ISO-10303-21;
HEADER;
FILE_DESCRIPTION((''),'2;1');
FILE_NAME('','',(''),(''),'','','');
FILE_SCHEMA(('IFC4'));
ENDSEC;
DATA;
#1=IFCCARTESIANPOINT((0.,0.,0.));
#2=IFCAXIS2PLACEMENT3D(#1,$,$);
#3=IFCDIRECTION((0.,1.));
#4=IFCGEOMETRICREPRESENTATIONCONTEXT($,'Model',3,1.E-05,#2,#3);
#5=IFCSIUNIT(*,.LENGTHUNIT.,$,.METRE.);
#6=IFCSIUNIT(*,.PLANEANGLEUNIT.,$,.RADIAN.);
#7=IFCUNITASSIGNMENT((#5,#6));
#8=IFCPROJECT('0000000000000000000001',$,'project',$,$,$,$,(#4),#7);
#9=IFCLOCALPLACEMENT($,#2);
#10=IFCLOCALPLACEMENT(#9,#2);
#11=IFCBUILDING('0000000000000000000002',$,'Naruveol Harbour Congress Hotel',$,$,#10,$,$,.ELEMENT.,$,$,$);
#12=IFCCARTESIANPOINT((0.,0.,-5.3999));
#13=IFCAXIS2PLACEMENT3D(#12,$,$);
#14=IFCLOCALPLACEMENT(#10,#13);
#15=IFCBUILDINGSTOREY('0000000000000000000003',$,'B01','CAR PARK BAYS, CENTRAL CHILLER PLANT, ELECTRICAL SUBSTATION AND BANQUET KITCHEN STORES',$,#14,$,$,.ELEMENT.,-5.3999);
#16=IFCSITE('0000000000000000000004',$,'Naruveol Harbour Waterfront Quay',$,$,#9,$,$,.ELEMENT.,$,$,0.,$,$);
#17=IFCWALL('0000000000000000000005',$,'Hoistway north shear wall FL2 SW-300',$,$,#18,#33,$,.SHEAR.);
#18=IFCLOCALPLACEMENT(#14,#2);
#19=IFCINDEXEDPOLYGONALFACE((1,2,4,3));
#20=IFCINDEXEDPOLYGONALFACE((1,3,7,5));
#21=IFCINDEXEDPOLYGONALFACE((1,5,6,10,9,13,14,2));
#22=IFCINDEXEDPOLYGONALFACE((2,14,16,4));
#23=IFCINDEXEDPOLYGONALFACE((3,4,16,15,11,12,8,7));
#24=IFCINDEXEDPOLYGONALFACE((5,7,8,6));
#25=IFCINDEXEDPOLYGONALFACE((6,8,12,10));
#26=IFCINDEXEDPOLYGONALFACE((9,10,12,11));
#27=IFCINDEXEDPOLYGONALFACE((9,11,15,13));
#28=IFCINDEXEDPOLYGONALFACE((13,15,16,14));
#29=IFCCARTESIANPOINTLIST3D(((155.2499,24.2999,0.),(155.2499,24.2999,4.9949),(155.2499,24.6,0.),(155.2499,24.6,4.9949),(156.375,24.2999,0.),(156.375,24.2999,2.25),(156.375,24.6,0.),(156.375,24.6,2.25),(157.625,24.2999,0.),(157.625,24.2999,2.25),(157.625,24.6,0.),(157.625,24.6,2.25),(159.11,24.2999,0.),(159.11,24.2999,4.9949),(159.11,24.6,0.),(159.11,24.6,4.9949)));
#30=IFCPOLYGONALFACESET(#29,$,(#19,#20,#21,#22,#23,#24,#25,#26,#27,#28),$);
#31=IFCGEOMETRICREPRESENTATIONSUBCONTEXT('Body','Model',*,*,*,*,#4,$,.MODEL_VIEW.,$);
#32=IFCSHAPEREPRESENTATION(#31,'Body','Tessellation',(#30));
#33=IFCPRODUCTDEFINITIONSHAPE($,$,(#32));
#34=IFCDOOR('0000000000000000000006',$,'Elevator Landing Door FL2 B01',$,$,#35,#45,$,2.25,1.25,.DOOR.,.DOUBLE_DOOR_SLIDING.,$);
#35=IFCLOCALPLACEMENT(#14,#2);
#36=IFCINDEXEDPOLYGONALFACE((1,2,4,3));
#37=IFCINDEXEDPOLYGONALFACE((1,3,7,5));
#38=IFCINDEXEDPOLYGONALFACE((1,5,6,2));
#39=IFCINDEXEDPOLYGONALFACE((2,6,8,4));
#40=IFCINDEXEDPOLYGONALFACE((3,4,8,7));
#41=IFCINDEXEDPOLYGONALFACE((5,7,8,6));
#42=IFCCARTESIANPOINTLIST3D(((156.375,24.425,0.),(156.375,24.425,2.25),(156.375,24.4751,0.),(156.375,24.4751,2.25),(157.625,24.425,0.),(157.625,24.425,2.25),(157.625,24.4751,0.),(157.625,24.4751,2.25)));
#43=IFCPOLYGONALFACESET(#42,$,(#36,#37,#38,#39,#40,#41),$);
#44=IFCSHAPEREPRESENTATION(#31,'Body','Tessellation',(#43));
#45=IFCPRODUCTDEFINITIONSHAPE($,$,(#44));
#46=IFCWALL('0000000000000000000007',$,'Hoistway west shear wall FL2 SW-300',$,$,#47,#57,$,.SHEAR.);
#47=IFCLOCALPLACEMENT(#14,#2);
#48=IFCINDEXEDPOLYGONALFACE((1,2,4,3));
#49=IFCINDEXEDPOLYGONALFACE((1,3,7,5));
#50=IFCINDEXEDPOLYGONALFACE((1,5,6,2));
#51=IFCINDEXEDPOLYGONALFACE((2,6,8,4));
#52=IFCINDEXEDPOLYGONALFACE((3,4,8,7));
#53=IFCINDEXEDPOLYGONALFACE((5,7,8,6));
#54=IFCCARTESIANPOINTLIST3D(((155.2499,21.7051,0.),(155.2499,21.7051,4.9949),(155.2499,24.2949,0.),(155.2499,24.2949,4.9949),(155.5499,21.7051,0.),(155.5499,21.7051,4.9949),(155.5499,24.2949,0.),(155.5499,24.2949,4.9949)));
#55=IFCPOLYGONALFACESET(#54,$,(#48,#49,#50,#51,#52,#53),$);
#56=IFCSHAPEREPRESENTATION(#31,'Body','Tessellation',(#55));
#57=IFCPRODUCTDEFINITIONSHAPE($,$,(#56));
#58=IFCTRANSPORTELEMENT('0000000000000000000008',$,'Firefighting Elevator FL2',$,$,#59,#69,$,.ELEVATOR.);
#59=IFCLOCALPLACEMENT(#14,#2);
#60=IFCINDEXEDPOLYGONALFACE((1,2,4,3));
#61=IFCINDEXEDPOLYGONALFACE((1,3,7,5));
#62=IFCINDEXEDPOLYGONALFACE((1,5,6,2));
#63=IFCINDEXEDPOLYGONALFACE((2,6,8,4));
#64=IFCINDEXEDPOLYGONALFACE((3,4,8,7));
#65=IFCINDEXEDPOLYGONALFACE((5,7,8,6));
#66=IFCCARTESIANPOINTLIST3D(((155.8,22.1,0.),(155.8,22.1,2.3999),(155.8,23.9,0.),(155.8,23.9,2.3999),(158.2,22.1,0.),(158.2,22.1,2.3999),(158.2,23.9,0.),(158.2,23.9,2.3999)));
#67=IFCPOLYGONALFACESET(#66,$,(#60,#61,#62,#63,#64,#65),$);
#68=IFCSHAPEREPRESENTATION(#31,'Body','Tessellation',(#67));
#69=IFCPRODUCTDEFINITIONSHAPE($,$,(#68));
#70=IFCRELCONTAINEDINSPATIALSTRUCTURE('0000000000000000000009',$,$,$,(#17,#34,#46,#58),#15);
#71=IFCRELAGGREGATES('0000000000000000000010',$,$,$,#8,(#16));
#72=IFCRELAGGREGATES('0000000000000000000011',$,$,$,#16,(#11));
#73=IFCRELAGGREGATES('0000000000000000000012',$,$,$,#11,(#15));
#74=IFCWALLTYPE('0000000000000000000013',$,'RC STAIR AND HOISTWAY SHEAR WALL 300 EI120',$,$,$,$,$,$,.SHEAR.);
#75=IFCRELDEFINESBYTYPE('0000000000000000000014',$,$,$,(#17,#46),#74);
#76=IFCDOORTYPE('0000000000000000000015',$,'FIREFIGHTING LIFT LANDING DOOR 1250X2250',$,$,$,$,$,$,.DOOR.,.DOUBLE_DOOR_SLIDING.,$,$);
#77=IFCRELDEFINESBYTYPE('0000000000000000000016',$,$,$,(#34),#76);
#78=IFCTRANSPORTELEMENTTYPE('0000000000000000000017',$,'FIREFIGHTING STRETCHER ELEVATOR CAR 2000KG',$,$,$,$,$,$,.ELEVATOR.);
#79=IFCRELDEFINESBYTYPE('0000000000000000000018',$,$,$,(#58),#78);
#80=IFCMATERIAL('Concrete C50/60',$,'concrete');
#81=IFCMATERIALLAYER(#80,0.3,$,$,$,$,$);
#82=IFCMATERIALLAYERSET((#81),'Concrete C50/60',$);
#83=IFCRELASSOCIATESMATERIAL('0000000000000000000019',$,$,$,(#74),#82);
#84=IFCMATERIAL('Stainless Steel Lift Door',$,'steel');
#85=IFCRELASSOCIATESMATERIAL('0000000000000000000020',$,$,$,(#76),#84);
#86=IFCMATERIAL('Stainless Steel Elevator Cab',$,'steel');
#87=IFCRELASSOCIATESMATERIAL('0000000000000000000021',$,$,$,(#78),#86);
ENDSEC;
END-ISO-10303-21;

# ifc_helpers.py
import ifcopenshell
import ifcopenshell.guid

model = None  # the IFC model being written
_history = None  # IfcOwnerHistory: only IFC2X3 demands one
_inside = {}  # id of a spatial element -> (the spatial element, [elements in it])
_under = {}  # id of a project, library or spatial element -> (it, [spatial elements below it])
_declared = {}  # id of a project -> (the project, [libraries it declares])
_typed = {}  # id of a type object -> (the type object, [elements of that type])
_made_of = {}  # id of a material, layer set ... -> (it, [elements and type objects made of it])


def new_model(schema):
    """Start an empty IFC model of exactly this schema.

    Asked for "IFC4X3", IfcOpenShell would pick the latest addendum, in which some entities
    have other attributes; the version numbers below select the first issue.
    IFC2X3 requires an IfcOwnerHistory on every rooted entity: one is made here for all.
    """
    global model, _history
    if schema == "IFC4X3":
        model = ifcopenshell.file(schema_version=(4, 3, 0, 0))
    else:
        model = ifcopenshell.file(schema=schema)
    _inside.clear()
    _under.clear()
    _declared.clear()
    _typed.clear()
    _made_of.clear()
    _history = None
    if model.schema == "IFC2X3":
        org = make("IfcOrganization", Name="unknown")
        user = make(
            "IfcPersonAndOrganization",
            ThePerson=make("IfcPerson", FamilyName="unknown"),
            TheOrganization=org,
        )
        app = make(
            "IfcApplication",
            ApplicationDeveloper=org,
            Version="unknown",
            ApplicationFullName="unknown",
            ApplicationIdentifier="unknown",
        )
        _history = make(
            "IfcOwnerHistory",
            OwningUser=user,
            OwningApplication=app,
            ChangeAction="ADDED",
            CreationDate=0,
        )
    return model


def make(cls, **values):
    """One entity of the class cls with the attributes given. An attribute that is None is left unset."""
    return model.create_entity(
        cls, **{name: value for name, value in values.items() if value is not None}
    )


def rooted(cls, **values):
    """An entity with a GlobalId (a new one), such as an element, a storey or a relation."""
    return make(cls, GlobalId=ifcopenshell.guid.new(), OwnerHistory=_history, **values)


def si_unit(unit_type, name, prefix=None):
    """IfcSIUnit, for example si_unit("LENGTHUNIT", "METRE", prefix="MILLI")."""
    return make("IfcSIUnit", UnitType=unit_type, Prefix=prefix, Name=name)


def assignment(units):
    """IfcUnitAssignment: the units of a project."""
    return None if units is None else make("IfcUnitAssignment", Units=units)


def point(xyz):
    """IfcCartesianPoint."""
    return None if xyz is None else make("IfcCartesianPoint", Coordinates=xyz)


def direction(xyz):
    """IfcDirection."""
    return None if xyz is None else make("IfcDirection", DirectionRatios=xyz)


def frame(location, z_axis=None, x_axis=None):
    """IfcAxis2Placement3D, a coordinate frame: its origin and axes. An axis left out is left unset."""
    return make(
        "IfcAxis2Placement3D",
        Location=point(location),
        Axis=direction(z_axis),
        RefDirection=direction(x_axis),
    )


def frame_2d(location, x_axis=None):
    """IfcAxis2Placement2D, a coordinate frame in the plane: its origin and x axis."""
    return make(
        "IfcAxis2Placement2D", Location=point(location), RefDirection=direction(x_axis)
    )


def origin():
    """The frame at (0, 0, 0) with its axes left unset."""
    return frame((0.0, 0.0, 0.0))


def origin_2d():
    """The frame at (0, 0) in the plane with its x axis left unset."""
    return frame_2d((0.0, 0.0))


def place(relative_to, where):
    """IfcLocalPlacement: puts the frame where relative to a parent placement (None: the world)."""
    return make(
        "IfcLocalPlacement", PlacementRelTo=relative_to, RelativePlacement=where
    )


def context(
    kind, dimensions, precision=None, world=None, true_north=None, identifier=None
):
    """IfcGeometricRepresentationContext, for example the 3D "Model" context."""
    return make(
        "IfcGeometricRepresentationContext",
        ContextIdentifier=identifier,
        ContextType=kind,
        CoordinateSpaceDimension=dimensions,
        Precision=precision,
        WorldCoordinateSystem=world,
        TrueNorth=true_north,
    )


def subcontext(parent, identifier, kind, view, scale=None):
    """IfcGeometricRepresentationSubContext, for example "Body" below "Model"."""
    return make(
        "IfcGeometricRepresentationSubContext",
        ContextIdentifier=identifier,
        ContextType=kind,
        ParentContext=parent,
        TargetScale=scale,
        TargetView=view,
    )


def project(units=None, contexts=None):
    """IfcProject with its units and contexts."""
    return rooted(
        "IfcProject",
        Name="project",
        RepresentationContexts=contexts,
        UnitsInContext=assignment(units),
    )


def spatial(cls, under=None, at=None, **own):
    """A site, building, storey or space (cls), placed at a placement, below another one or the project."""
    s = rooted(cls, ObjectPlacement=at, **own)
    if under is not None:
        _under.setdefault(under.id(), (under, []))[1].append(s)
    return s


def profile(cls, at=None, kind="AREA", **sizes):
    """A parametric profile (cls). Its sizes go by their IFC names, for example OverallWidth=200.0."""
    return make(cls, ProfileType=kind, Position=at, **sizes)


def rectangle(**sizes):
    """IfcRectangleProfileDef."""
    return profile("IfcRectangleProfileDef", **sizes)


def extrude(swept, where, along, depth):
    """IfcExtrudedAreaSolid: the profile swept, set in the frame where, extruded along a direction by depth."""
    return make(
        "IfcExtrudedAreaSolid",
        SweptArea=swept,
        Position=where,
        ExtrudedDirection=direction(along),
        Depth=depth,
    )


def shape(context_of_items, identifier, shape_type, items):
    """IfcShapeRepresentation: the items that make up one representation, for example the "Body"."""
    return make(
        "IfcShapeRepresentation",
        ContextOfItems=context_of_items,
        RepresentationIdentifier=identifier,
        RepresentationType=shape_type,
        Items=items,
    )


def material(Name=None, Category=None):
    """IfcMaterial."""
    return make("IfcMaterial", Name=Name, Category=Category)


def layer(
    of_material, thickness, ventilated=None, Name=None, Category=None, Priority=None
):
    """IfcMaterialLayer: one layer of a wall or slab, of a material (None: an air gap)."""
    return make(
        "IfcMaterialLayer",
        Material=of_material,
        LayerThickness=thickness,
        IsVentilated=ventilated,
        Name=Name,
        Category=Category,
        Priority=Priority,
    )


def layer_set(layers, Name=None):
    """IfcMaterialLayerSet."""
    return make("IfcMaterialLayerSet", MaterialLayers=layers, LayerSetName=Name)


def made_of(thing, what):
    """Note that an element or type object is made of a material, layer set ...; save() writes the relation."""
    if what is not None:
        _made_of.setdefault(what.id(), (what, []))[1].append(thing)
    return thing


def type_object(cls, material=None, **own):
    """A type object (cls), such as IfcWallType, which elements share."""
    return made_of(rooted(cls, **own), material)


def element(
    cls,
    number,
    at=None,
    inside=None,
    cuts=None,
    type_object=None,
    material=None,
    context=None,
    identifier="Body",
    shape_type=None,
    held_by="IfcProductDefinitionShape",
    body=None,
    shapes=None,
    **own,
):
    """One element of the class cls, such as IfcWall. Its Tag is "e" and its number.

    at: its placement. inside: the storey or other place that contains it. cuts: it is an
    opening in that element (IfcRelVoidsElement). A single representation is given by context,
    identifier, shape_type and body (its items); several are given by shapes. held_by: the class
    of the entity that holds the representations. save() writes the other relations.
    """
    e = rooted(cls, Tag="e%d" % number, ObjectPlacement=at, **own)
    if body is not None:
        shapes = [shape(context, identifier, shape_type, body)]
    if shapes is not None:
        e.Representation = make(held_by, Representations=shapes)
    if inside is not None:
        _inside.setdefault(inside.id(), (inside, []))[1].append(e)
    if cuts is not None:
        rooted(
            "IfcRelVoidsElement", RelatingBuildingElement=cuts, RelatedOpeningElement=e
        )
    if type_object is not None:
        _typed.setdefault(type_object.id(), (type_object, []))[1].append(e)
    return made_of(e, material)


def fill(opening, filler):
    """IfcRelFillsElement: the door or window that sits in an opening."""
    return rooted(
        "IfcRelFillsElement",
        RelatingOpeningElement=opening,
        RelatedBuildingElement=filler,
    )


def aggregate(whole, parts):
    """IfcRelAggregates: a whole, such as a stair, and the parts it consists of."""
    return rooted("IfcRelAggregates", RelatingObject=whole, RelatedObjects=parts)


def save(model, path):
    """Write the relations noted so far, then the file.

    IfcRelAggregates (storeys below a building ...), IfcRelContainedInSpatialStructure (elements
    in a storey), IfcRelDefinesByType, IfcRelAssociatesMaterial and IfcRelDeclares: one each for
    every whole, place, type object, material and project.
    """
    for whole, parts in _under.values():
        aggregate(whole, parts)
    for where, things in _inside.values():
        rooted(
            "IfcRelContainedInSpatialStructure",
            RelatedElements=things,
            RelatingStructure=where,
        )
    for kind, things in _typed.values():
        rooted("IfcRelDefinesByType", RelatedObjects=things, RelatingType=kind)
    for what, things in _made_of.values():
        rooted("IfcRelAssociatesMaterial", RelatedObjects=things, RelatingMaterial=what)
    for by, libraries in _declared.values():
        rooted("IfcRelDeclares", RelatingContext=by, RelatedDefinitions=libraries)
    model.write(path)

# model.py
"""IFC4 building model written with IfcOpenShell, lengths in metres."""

from ifc_helpers import new_model, si_unit, direction, frame, frame_2d, origin, origin_2d, place, context, subcontext, project, spatial, rectangle, extrude, material, layer, layer_set, type_object, element, fill, save


model = new_model("IFC4")

# Units and contexts
model_context = context("Model", 3, precision=1e-05, world=origin(), true_north=direction((0.0, 1.0)))
body_context = subcontext(model_context, "Body", "Model", "MODEL_VIEW")
ifc_project = project(units=[si_unit("LENGTHUNIT", "METRE"), si_unit("PLANEANGLEUNIT", "RADIAN")], contexts=[model_context])

# Site, building, storey
site_placement = place(None, origin())
site = spatial("IfcSite", under=ifc_project, at=site_placement, Name="Naruveol Harbour Waterfront Quay", CompositionType="ELEMENT", RefElevation=0.0)
building_placement = place(site_placement, origin())
building = spatial("IfcBuilding", under=site, at=building_placement, Name="Naruveol Harbour Congress Hotel", CompositionType="ELEMENT")
storey_placement = place(building_placement, frame((0.0, 0.0, -5.3999)))
storey = spatial("IfcBuildingStorey", under=building, at=storey_placement, Name="B01", Description="CAR PARK BAYS, CENTRAL CHILLER PLANT, ELECTRICAL SUBSTATION AND BANQUET KITCHEN STORES", CompositionType="ELEMENT", Elevation=-5.3999)

# Shared definitions
ifc_material_1 = material(Name="Concrete C50/60", Category="concrete")
ifc_layer_1 = layer(ifc_material_1, 0.3)
ifc_layer_set_1 = layer_set([ifc_layer_1], Name="Concrete C50/60")
wall_type_1 = type_object("IfcWallType", Name="RC STAIR AND HOISTWAY SHEAR WALL 300 EI120", PredefinedType="SHEAR", material=ifc_layer_set_1)

# Wall, opening, door
wall_1_placement = place(storey_placement, frame((159.1101, 24.45, 0.0), z_axis=(0.0, 0.0, 1.0), x_axis=(-1.0, 0.0, 0.0)))
wall_1 = element("IfcWall", 1, at=wall_1_placement, inside=storey, type_object=wall_type_1, Name="Hoistway north shear wall FL2 SW-300", PredefinedType="SHEAR", context=body_context, shape_type="SweptSolid", body=[
    extrude(rectangle(XDim=3.8601, YDim=0.3, at=frame_2d((1.9302, 0.0))), origin(), (0.0, 0.0, 1.0), 4.9949),
])
opening_placement = place(wall_1_placement, frame((1.4851, 0.0, 0.0)))
opening = element("IfcOpeningElement", 2, at=opening_placement, cuts=wall_1, PredefinedType="OPENING", context=body_context, shape_type="SweptSolid", body=[
    extrude(rectangle(XDim=1.25, YDim=2.25, at=frame_2d((0.625, 1.125))), frame((0.0, 0.1599, 0.0), z_axis=(0.0, -1.0, 0.0), x_axis=(1.0, 0.0, 0.0)), (0.0, 0.0, 1.0), 0.3201),
])
ifc_material_2 = material(Name="Stainless Steel Lift Door", Category="steel")
door_type = type_object("IfcDoorType", Name="FIREFIGHTING LIFT LANDING DOOR 1250X2250", OperationType="DOUBLE_DOOR_SLIDING", PredefinedType="DOOR", material=ifc_material_2)
door_placement = place(opening_placement, origin())
door = element("IfcDoor", 3, at=door_placement, inside=storey, type_object=door_type, Name="Elevator Landing Door FL2 B01", OperationType="DOUBLE_DOOR_SLIDING", OverallHeight=2.25, OverallWidth=1.25, PredefinedType="DOOR", context=body_context, shape_type="SweptSolid", body=[
    extrude(rectangle(XDim=1.25, YDim=2.25, at=frame_2d((0.625, 1.125))), frame((0.0, 0.0249, 0.0), z_axis=(0.0, -1.0, 0.0), x_axis=(1.0, 0.0, 0.0)), (0.0, 0.0, 1.0), 0.05),
])
fill(opening, door)

# Wall
wall_2_placement = place(storey_placement, frame((155.3999, 24.2949, 0.0), z_axis=(0.0, 0.0, 1.0), x_axis=(0.0, -1.0, 0.0)))
element("IfcWall", 4, at=wall_2_placement, inside=storey, type_object=wall_type_1, Name="Hoistway west shear wall FL2 SW-300", PredefinedType="SHEAR", context=body_context, shape_type="SweptSolid", body=[
    extrude(rectangle(XDim=2.5898, YDim=0.3, at=frame_2d((1.2949, 0.0))), origin(), (0.0, 0.0, 1.0), 4.9949),
])

# Transport element
ifc_material_3 = material(Name="Stainless Steel Elevator Cab", Category="steel")
transport_element_type = type_object("IfcTransportElementType", Name="FIREFIGHTING STRETCHER ELEVATOR CAR 2000KG", PredefinedType="ELEVATOR", material=ifc_material_3)
transport_element_placement = place(storey_placement, frame((157.0, 23.0, 0.0), z_axis=(0.0, 0.0, 1.0), x_axis=(1.0, 0.0, 0.0)))
element("IfcTransportElement", 5, at=transport_element_placement, inside=storey, type_object=transport_element_type, Name="Firefighting Elevator FL2", PredefinedType="ELEVATOR", context=body_context, shape_type="SweptSolid", body=[
    extrude(rectangle(XDim=2.3999, YDim=1.8, at=origin_2d()), origin(), (0.0, 0.0, 1.0), 2.3999),
])

save(model, "model.ifc")
